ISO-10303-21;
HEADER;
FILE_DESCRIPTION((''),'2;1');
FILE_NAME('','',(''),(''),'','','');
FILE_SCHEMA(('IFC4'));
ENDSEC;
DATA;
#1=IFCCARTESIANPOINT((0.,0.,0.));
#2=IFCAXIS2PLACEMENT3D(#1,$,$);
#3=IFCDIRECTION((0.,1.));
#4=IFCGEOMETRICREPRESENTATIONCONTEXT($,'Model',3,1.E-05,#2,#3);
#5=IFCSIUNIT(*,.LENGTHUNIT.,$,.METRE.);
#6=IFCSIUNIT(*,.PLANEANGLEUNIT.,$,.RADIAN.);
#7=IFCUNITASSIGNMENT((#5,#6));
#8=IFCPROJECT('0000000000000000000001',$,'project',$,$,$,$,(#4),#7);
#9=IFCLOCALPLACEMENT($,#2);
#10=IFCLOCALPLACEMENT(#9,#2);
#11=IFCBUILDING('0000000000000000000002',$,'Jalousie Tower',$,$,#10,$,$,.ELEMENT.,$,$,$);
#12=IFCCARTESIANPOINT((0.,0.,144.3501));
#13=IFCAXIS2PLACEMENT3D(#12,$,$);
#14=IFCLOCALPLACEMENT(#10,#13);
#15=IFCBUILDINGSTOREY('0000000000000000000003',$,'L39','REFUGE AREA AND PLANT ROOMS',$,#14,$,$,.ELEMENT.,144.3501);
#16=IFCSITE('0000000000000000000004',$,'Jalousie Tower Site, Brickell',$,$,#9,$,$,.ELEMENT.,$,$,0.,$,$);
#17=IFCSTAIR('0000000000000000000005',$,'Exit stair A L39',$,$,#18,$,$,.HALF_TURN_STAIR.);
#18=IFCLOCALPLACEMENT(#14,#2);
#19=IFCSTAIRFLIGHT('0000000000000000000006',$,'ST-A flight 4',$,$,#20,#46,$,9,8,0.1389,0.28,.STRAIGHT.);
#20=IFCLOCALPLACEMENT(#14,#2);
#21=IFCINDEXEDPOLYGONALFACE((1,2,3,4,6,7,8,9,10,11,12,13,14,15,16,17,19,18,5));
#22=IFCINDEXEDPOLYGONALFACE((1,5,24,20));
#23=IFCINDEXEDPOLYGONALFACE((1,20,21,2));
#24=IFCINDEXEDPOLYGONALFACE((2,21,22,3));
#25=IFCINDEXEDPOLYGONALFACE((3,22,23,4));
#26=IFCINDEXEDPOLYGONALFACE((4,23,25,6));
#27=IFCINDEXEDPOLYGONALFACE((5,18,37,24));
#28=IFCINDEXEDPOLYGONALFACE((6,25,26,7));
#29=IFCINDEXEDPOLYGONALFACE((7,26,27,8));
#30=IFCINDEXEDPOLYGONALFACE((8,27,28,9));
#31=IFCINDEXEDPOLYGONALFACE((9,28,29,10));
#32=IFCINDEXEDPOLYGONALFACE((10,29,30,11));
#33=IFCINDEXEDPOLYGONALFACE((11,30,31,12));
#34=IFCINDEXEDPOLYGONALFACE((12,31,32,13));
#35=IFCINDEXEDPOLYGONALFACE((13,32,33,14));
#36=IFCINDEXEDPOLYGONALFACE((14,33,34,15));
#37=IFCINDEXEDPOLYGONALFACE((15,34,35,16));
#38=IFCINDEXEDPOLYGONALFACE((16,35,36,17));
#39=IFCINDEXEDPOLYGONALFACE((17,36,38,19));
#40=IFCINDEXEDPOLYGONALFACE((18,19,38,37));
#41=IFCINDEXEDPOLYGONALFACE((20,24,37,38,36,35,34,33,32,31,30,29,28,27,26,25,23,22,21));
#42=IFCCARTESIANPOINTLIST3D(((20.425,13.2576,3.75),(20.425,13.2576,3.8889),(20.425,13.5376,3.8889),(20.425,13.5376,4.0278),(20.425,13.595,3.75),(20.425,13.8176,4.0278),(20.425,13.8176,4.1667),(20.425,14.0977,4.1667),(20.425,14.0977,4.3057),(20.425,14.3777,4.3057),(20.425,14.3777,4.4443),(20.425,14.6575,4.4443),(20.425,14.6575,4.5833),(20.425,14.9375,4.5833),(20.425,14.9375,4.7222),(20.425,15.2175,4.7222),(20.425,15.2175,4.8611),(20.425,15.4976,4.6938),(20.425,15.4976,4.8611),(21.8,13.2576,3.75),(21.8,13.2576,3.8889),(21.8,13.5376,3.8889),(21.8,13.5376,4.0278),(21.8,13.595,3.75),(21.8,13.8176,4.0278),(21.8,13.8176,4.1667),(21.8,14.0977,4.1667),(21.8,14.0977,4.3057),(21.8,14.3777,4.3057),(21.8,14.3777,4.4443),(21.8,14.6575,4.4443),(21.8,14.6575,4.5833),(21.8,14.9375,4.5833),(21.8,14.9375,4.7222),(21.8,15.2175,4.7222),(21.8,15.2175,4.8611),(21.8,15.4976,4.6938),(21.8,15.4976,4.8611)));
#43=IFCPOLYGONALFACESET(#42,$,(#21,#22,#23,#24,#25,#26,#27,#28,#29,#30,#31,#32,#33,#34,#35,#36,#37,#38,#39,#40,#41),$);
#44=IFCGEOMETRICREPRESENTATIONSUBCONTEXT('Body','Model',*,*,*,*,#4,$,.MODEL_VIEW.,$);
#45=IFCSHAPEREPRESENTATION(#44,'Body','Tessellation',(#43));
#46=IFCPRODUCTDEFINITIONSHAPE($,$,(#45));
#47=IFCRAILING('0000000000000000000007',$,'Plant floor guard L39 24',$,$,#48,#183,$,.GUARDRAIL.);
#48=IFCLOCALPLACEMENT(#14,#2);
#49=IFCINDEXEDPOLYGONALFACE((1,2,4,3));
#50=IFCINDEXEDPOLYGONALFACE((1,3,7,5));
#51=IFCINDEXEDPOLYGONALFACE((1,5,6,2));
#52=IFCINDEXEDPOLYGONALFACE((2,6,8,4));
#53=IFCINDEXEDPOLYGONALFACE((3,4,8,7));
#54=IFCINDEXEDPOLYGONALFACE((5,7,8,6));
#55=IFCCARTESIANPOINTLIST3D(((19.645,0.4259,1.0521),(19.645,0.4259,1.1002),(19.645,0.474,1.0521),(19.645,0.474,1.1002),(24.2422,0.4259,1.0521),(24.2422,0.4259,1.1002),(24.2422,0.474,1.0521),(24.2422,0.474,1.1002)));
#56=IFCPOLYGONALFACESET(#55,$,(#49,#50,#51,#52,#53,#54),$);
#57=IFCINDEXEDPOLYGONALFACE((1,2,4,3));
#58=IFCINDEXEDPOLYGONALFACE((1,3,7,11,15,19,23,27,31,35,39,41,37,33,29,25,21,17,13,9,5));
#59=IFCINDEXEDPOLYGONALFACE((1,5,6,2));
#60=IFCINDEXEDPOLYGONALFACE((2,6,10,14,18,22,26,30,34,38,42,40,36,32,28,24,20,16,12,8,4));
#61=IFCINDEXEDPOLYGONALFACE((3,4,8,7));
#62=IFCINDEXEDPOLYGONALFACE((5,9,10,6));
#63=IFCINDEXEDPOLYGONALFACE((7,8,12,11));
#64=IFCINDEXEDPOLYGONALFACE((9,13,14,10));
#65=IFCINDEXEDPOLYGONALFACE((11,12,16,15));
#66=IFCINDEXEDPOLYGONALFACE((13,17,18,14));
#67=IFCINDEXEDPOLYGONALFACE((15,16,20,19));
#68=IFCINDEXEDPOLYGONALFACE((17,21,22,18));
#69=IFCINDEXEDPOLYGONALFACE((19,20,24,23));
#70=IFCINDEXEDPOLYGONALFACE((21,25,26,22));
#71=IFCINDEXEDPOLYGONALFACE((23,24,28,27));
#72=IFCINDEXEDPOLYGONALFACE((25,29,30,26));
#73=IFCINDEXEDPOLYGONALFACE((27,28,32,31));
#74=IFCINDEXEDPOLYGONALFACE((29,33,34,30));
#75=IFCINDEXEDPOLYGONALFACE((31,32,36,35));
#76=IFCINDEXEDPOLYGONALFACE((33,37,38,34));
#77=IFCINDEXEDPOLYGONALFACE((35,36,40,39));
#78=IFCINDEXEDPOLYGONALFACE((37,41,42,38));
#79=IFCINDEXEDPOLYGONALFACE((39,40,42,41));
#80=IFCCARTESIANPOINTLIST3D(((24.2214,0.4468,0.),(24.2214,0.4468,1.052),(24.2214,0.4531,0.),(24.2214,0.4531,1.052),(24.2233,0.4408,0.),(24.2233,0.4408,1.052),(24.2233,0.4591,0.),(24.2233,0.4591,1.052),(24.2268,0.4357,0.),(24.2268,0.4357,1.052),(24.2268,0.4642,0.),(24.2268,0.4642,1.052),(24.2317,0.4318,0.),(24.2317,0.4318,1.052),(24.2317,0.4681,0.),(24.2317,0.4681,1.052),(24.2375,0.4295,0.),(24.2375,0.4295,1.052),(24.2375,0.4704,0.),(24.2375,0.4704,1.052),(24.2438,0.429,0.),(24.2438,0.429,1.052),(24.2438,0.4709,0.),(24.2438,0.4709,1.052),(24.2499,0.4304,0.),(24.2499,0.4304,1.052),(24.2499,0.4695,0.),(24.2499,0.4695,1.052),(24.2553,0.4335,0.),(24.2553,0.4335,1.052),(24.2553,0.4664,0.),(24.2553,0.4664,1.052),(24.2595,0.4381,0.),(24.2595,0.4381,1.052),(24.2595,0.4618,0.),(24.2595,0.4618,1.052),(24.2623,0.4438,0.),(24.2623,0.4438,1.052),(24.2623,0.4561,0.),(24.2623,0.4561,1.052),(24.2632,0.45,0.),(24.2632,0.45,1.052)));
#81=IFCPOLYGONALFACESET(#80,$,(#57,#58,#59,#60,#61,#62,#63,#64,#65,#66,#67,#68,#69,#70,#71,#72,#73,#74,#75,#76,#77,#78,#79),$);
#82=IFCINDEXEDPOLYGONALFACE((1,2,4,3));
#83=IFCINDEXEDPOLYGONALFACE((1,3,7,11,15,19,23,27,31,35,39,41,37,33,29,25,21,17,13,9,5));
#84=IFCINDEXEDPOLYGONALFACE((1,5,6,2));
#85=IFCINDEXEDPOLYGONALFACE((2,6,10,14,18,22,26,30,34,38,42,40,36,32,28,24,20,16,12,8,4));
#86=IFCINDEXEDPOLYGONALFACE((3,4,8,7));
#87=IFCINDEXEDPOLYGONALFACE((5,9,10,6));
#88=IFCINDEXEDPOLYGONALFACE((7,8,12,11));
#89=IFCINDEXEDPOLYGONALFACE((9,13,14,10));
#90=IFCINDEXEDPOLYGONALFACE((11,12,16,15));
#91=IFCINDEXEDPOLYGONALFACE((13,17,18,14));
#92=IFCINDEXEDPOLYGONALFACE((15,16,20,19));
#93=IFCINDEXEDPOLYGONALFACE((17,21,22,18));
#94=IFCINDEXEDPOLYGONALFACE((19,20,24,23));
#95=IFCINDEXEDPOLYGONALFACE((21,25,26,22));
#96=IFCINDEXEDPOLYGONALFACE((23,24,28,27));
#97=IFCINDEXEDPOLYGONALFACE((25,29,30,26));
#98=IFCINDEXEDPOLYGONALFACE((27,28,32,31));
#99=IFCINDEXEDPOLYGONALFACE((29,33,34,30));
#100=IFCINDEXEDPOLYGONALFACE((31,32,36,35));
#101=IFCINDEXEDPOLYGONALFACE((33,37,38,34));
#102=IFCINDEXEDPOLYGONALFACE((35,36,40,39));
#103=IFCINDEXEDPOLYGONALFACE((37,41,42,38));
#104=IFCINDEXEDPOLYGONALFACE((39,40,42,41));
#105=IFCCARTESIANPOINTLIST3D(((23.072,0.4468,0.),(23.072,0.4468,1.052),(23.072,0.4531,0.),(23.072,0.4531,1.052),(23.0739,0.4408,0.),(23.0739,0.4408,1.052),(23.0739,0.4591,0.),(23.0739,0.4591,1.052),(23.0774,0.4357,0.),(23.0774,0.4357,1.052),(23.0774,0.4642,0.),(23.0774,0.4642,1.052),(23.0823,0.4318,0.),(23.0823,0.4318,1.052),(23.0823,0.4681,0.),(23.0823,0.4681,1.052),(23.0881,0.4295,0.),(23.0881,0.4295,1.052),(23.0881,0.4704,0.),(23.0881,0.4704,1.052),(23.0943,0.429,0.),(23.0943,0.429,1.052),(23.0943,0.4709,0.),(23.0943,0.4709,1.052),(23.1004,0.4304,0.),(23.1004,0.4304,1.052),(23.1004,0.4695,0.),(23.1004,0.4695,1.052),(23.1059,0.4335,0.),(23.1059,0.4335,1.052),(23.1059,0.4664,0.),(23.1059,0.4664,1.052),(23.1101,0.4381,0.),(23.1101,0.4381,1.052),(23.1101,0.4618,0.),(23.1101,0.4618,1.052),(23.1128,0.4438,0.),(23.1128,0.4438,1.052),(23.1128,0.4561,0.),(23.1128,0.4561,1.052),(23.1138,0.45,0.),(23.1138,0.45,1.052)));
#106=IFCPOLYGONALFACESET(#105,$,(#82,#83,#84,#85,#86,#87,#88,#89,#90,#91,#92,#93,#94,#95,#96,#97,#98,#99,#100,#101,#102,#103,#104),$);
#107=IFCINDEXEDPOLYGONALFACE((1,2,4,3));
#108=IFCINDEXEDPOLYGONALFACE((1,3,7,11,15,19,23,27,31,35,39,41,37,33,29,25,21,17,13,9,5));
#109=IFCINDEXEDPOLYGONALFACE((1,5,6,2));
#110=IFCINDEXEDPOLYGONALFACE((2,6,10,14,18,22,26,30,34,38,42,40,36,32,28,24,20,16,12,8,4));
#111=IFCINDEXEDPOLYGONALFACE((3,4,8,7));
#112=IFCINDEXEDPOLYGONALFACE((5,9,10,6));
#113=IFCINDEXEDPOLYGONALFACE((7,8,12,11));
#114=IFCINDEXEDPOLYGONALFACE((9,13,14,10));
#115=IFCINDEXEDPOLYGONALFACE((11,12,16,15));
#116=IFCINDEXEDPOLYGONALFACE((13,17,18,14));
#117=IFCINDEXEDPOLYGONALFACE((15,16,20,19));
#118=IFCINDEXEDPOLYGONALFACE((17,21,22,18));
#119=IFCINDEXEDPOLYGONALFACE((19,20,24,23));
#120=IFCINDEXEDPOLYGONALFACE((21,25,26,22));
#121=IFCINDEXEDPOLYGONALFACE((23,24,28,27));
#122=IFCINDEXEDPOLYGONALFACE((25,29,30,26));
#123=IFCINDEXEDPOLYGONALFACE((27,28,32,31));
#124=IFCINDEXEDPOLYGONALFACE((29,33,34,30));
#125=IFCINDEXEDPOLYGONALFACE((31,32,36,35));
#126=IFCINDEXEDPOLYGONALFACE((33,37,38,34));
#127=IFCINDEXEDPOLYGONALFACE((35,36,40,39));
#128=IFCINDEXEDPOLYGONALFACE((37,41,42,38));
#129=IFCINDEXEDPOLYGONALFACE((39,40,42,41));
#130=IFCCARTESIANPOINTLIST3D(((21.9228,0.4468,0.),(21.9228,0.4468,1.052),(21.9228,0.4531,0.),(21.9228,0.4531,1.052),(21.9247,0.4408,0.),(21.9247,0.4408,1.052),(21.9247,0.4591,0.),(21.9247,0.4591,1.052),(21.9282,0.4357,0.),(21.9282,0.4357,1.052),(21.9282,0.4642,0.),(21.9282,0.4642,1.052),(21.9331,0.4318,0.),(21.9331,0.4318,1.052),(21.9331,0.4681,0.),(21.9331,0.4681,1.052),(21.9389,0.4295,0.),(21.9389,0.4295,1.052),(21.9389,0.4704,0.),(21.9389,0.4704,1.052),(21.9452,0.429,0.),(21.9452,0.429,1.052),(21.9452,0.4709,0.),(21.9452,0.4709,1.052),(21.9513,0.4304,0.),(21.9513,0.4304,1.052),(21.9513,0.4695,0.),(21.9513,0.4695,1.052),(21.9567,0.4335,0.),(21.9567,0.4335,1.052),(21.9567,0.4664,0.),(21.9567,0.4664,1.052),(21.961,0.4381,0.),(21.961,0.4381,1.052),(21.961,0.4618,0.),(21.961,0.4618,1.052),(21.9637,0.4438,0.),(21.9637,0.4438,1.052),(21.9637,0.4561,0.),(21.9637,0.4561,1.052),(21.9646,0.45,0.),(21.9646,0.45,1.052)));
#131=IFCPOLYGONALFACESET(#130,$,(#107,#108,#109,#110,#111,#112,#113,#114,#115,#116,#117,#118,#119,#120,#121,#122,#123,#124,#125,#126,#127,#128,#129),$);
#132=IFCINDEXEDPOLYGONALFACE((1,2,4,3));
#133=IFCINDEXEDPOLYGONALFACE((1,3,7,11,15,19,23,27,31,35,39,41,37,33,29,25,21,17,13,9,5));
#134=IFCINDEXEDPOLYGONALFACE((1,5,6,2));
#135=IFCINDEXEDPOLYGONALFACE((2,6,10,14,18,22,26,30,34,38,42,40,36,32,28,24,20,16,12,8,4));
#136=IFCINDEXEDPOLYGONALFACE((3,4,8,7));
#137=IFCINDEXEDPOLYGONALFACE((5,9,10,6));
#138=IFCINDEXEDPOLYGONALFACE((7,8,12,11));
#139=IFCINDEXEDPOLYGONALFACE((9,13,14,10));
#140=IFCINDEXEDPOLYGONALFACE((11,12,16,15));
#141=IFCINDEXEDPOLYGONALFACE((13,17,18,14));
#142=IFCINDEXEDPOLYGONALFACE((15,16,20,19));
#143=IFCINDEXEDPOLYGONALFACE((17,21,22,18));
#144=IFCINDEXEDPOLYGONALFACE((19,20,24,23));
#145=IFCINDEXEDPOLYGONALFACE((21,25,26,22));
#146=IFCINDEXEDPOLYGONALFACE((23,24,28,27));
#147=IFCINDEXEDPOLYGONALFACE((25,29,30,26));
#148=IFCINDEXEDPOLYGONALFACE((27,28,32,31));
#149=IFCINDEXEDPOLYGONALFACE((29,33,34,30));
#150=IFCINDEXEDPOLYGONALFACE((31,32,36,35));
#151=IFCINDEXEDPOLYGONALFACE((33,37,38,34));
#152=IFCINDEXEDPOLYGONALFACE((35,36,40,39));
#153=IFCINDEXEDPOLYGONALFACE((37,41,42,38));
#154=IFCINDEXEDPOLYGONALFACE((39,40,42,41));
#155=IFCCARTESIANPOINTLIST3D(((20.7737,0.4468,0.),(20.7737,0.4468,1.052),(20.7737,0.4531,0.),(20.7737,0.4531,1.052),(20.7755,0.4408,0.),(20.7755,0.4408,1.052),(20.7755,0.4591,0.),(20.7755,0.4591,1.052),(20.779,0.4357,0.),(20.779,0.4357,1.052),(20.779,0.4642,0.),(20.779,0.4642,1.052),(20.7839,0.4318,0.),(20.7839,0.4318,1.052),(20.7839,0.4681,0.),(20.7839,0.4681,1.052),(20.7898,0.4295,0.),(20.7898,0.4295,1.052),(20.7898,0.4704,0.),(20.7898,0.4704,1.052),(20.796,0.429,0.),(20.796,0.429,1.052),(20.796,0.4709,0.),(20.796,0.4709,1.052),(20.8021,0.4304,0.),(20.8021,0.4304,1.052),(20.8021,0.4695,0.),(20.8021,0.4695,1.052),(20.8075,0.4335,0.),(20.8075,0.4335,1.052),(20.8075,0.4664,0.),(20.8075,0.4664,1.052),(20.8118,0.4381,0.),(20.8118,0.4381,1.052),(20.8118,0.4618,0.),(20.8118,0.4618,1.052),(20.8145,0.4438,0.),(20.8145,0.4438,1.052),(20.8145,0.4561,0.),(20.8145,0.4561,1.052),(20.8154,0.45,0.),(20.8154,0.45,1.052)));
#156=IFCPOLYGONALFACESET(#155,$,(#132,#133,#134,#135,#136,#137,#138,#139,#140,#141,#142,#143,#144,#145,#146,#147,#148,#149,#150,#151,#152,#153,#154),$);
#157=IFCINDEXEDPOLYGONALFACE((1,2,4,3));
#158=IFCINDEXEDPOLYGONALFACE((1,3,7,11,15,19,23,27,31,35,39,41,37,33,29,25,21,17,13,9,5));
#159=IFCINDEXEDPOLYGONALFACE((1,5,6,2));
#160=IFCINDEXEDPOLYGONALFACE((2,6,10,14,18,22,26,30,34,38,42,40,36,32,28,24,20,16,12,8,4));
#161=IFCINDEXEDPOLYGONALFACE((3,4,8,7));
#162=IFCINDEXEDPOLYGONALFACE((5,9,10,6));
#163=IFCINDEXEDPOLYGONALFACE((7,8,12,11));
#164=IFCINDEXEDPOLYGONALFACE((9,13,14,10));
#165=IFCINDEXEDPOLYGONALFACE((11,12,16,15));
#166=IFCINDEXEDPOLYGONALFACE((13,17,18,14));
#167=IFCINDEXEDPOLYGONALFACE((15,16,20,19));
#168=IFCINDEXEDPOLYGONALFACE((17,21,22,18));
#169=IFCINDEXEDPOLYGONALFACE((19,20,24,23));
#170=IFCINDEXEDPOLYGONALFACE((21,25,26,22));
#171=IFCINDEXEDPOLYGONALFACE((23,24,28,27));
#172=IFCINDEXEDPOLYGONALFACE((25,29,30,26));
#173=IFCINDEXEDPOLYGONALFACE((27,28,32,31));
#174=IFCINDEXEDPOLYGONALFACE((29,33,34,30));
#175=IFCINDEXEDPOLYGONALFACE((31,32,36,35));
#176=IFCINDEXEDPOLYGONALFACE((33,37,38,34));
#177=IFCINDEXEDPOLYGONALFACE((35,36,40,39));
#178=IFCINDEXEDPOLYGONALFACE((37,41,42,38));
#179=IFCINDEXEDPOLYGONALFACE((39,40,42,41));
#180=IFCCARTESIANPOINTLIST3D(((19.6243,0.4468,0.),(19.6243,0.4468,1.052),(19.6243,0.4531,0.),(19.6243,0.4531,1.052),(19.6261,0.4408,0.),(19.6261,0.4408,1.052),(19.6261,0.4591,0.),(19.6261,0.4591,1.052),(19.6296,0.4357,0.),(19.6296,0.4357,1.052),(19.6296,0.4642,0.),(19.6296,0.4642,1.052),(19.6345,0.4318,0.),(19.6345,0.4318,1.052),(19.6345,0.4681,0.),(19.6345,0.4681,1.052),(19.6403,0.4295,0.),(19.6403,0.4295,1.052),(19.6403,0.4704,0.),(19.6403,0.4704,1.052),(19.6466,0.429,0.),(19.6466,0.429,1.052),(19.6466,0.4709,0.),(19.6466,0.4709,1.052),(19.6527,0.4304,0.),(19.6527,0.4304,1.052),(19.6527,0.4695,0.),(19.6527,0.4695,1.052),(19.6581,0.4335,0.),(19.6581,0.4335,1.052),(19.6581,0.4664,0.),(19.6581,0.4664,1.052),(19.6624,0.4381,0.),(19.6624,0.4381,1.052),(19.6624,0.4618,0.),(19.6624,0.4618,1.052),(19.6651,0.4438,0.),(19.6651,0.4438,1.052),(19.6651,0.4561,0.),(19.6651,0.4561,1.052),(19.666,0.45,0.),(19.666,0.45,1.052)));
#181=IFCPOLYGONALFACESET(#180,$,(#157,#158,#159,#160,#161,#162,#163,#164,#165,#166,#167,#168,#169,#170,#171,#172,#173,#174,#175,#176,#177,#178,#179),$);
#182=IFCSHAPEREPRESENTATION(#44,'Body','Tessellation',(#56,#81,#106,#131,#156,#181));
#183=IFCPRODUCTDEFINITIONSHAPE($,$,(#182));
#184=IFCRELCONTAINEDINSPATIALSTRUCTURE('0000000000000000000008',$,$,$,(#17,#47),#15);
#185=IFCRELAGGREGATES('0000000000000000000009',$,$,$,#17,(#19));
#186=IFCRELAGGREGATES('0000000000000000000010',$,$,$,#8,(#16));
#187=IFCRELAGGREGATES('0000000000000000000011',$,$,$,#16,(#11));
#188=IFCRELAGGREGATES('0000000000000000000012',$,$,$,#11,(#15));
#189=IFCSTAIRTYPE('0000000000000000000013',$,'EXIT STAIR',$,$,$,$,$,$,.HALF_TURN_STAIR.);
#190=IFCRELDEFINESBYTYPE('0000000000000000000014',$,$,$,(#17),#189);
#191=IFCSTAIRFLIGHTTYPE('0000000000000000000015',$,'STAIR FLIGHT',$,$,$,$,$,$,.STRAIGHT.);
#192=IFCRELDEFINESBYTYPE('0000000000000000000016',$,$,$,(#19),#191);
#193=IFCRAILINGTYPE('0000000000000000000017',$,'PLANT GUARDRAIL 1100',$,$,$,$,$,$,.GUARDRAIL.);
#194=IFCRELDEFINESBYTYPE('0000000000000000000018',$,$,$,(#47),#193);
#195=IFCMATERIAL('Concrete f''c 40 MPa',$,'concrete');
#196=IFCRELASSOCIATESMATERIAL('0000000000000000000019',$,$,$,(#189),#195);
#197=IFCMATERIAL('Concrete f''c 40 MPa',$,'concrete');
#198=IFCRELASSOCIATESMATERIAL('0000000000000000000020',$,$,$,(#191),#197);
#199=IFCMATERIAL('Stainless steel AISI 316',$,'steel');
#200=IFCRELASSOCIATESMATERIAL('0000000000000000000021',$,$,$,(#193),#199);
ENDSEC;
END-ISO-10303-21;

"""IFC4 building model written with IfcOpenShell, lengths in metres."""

from ifc_helpers import new_model, si_unit, direction, frame, origin, origin_2d, place, context, subcontext, project, spatial, polyline, rectangle, circle, outline, extrude, material, type_object, element, aggregate, save


model = new_model("IFC4")

# Units and contexts
model_context = context("Model", 3, precision=1e-05, world=origin(), true_north=direction((0.0, 1.0)))
body_context = subcontext(model_context, "Body", "Model", "MODEL_VIEW")
ifc_project = project(units=[si_unit("LENGTHUNIT", "METRE"), si_unit("PLANEANGLEUNIT", "RADIAN")], contexts=[model_context])

# Site, building, storey
site_placement = place(None, origin())
site = spatial("IfcSite", under=ifc_project, at=site_placement, Name="Jalousie Tower Site, Brickell", CompositionType="ELEMENT", RefElevation=0.0)
building_placement = place(site_placement, origin())
building = spatial("IfcBuilding", under=site, at=building_placement, Name="Jalousie Tower", CompositionType="ELEMENT")
storey_placement = place(building_placement, frame((0.0, 0.0, 144.3501)))
storey = spatial("IfcBuildingStorey", under=building, at=storey_placement, Name="L39", Description="REFUGE AREA AND PLANT ROOMS", CompositionType="ELEMENT", Elevation=144.3501)

# Stair, stair flight
ifc_material_1 = material(Name="Concrete f'c 40 MPa", Category="concrete")
stair_type = type_object("IfcStairType", Name="EXIT STAIR", PredefinedType="HALF_TURN_STAIR", material=ifc_material_1)
stair_placement = place(storey_placement, origin())
stair = element("IfcStair", 1, at=stair_placement, inside=storey, type_object=stair_type, Name="Exit stair A L39", PredefinedType="HALF_TURN_STAIR")
ifc_material_2 = material(Name="Concrete f'c 40 MPa", Category="concrete")
stair_flight_type = type_object("IfcStairFlightType", Name="STAIR FLIGHT", PredefinedType="STRAIGHT", material=ifc_material_2)
stair_flight_1_placement = place(storey_placement, frame((21.1125, 13.2576, 3.75), z_axis=(0.0, 0.0, 1.0), x_axis=(0.0, 1.0, 0.0)))
stair_flight_1 = element("IfcStairFlight", 2, at=stair_flight_1_placement, type_object=stair_flight_type, Name="ST-A flight 4", NumberOfRisers=9, NumberOfTreads=8, PredefinedType="STRAIGHT", RiserHeight=0.1389, TreadLength=0.28, context=body_context, shape_type="SweptSolid", body=[
    extrude(outline(polyline([(0.0, 0.0), (0.0, 0.1389), (0.28, 0.1389), (0.28, 0.2778), (0.5601, 0.2778), (0.5601, 0.4167), (0.8401, 0.4167), (0.8401, 0.5557), (1.1201, 0.5557), (1.1201, 0.6943), (1.3999, 0.6943), (1.3999, 0.8333), (1.6799, 0.8333), (1.6799, 0.9722), (1.96, 0.9722), (1.96, 1.1111), (2.24, 1.1111), (2.24, 1.25), (2.24, 0.9438), (0.3374, 0.0), (0.0, 0.0)])), frame((0.0, 0.6875, 0.0), z_axis=(0.0, -1.0, 0.0), x_axis=(1.0, 0.0, 0.0)), (0.0, 0.0, 1.0), 1.375),
])
aggregate(stair, [stair_flight_1])

# Railing
ifc_material_3 = material(Name="Stainless steel AISI 316", Category="steel")
railing_type_1 = type_object("IfcRailingType", Name="PLANT GUARDRAIL 1100", PredefinedType="GUARDRAIL", material=ifc_material_3)
railing_1_placement = place(storey_placement, frame((24.2422, 0.45, 0.0)))
element("IfcRailing", 3, at=railing_1_placement, inside=storey, type_object=railing_type_1, Name="Plant floor guard L39 24", PredefinedType="GUARDRAIL", context=body_context, shape_type="SweptSolid", body=[
    extrude(rectangle(XDim=0.0481, YDim=0.0481, at=origin_2d()), frame((0.0, 0.0, 1.0762), z_axis=(-1.0, 0.0, 0.0), x_axis=(0.0, -1.0, 0.0)), (0.0, 0.0, 1.0), 4.5972),
    extrude(circle(Radius=0.021, at=origin_2d()), origin(), (0.0, 0.0, 1.0), 1.052),
    extrude(circle(Radius=0.021, at=origin_2d()), frame((-1.1494, 0.0, 0.0)), (0.0, 0.0, 1.0), 1.052),
    extrude(circle(Radius=0.021, at=origin_2d()), frame((-2.2986, 0.0, 0.0)), (0.0, 0.0, 1.0), 1.052),
    extrude(circle(Radius=0.021, at=origin_2d()), frame((-3.4478, 0.0, 0.0)), (0.0, 0.0, 1.0), 1.052),
    extrude(circle(Radius=0.021, at=origin_2d()), frame((-4.5972, 0.0, 0.0)), (0.0, 0.0, 1.0), 1.052),
])

save(model, "model.ifc")
